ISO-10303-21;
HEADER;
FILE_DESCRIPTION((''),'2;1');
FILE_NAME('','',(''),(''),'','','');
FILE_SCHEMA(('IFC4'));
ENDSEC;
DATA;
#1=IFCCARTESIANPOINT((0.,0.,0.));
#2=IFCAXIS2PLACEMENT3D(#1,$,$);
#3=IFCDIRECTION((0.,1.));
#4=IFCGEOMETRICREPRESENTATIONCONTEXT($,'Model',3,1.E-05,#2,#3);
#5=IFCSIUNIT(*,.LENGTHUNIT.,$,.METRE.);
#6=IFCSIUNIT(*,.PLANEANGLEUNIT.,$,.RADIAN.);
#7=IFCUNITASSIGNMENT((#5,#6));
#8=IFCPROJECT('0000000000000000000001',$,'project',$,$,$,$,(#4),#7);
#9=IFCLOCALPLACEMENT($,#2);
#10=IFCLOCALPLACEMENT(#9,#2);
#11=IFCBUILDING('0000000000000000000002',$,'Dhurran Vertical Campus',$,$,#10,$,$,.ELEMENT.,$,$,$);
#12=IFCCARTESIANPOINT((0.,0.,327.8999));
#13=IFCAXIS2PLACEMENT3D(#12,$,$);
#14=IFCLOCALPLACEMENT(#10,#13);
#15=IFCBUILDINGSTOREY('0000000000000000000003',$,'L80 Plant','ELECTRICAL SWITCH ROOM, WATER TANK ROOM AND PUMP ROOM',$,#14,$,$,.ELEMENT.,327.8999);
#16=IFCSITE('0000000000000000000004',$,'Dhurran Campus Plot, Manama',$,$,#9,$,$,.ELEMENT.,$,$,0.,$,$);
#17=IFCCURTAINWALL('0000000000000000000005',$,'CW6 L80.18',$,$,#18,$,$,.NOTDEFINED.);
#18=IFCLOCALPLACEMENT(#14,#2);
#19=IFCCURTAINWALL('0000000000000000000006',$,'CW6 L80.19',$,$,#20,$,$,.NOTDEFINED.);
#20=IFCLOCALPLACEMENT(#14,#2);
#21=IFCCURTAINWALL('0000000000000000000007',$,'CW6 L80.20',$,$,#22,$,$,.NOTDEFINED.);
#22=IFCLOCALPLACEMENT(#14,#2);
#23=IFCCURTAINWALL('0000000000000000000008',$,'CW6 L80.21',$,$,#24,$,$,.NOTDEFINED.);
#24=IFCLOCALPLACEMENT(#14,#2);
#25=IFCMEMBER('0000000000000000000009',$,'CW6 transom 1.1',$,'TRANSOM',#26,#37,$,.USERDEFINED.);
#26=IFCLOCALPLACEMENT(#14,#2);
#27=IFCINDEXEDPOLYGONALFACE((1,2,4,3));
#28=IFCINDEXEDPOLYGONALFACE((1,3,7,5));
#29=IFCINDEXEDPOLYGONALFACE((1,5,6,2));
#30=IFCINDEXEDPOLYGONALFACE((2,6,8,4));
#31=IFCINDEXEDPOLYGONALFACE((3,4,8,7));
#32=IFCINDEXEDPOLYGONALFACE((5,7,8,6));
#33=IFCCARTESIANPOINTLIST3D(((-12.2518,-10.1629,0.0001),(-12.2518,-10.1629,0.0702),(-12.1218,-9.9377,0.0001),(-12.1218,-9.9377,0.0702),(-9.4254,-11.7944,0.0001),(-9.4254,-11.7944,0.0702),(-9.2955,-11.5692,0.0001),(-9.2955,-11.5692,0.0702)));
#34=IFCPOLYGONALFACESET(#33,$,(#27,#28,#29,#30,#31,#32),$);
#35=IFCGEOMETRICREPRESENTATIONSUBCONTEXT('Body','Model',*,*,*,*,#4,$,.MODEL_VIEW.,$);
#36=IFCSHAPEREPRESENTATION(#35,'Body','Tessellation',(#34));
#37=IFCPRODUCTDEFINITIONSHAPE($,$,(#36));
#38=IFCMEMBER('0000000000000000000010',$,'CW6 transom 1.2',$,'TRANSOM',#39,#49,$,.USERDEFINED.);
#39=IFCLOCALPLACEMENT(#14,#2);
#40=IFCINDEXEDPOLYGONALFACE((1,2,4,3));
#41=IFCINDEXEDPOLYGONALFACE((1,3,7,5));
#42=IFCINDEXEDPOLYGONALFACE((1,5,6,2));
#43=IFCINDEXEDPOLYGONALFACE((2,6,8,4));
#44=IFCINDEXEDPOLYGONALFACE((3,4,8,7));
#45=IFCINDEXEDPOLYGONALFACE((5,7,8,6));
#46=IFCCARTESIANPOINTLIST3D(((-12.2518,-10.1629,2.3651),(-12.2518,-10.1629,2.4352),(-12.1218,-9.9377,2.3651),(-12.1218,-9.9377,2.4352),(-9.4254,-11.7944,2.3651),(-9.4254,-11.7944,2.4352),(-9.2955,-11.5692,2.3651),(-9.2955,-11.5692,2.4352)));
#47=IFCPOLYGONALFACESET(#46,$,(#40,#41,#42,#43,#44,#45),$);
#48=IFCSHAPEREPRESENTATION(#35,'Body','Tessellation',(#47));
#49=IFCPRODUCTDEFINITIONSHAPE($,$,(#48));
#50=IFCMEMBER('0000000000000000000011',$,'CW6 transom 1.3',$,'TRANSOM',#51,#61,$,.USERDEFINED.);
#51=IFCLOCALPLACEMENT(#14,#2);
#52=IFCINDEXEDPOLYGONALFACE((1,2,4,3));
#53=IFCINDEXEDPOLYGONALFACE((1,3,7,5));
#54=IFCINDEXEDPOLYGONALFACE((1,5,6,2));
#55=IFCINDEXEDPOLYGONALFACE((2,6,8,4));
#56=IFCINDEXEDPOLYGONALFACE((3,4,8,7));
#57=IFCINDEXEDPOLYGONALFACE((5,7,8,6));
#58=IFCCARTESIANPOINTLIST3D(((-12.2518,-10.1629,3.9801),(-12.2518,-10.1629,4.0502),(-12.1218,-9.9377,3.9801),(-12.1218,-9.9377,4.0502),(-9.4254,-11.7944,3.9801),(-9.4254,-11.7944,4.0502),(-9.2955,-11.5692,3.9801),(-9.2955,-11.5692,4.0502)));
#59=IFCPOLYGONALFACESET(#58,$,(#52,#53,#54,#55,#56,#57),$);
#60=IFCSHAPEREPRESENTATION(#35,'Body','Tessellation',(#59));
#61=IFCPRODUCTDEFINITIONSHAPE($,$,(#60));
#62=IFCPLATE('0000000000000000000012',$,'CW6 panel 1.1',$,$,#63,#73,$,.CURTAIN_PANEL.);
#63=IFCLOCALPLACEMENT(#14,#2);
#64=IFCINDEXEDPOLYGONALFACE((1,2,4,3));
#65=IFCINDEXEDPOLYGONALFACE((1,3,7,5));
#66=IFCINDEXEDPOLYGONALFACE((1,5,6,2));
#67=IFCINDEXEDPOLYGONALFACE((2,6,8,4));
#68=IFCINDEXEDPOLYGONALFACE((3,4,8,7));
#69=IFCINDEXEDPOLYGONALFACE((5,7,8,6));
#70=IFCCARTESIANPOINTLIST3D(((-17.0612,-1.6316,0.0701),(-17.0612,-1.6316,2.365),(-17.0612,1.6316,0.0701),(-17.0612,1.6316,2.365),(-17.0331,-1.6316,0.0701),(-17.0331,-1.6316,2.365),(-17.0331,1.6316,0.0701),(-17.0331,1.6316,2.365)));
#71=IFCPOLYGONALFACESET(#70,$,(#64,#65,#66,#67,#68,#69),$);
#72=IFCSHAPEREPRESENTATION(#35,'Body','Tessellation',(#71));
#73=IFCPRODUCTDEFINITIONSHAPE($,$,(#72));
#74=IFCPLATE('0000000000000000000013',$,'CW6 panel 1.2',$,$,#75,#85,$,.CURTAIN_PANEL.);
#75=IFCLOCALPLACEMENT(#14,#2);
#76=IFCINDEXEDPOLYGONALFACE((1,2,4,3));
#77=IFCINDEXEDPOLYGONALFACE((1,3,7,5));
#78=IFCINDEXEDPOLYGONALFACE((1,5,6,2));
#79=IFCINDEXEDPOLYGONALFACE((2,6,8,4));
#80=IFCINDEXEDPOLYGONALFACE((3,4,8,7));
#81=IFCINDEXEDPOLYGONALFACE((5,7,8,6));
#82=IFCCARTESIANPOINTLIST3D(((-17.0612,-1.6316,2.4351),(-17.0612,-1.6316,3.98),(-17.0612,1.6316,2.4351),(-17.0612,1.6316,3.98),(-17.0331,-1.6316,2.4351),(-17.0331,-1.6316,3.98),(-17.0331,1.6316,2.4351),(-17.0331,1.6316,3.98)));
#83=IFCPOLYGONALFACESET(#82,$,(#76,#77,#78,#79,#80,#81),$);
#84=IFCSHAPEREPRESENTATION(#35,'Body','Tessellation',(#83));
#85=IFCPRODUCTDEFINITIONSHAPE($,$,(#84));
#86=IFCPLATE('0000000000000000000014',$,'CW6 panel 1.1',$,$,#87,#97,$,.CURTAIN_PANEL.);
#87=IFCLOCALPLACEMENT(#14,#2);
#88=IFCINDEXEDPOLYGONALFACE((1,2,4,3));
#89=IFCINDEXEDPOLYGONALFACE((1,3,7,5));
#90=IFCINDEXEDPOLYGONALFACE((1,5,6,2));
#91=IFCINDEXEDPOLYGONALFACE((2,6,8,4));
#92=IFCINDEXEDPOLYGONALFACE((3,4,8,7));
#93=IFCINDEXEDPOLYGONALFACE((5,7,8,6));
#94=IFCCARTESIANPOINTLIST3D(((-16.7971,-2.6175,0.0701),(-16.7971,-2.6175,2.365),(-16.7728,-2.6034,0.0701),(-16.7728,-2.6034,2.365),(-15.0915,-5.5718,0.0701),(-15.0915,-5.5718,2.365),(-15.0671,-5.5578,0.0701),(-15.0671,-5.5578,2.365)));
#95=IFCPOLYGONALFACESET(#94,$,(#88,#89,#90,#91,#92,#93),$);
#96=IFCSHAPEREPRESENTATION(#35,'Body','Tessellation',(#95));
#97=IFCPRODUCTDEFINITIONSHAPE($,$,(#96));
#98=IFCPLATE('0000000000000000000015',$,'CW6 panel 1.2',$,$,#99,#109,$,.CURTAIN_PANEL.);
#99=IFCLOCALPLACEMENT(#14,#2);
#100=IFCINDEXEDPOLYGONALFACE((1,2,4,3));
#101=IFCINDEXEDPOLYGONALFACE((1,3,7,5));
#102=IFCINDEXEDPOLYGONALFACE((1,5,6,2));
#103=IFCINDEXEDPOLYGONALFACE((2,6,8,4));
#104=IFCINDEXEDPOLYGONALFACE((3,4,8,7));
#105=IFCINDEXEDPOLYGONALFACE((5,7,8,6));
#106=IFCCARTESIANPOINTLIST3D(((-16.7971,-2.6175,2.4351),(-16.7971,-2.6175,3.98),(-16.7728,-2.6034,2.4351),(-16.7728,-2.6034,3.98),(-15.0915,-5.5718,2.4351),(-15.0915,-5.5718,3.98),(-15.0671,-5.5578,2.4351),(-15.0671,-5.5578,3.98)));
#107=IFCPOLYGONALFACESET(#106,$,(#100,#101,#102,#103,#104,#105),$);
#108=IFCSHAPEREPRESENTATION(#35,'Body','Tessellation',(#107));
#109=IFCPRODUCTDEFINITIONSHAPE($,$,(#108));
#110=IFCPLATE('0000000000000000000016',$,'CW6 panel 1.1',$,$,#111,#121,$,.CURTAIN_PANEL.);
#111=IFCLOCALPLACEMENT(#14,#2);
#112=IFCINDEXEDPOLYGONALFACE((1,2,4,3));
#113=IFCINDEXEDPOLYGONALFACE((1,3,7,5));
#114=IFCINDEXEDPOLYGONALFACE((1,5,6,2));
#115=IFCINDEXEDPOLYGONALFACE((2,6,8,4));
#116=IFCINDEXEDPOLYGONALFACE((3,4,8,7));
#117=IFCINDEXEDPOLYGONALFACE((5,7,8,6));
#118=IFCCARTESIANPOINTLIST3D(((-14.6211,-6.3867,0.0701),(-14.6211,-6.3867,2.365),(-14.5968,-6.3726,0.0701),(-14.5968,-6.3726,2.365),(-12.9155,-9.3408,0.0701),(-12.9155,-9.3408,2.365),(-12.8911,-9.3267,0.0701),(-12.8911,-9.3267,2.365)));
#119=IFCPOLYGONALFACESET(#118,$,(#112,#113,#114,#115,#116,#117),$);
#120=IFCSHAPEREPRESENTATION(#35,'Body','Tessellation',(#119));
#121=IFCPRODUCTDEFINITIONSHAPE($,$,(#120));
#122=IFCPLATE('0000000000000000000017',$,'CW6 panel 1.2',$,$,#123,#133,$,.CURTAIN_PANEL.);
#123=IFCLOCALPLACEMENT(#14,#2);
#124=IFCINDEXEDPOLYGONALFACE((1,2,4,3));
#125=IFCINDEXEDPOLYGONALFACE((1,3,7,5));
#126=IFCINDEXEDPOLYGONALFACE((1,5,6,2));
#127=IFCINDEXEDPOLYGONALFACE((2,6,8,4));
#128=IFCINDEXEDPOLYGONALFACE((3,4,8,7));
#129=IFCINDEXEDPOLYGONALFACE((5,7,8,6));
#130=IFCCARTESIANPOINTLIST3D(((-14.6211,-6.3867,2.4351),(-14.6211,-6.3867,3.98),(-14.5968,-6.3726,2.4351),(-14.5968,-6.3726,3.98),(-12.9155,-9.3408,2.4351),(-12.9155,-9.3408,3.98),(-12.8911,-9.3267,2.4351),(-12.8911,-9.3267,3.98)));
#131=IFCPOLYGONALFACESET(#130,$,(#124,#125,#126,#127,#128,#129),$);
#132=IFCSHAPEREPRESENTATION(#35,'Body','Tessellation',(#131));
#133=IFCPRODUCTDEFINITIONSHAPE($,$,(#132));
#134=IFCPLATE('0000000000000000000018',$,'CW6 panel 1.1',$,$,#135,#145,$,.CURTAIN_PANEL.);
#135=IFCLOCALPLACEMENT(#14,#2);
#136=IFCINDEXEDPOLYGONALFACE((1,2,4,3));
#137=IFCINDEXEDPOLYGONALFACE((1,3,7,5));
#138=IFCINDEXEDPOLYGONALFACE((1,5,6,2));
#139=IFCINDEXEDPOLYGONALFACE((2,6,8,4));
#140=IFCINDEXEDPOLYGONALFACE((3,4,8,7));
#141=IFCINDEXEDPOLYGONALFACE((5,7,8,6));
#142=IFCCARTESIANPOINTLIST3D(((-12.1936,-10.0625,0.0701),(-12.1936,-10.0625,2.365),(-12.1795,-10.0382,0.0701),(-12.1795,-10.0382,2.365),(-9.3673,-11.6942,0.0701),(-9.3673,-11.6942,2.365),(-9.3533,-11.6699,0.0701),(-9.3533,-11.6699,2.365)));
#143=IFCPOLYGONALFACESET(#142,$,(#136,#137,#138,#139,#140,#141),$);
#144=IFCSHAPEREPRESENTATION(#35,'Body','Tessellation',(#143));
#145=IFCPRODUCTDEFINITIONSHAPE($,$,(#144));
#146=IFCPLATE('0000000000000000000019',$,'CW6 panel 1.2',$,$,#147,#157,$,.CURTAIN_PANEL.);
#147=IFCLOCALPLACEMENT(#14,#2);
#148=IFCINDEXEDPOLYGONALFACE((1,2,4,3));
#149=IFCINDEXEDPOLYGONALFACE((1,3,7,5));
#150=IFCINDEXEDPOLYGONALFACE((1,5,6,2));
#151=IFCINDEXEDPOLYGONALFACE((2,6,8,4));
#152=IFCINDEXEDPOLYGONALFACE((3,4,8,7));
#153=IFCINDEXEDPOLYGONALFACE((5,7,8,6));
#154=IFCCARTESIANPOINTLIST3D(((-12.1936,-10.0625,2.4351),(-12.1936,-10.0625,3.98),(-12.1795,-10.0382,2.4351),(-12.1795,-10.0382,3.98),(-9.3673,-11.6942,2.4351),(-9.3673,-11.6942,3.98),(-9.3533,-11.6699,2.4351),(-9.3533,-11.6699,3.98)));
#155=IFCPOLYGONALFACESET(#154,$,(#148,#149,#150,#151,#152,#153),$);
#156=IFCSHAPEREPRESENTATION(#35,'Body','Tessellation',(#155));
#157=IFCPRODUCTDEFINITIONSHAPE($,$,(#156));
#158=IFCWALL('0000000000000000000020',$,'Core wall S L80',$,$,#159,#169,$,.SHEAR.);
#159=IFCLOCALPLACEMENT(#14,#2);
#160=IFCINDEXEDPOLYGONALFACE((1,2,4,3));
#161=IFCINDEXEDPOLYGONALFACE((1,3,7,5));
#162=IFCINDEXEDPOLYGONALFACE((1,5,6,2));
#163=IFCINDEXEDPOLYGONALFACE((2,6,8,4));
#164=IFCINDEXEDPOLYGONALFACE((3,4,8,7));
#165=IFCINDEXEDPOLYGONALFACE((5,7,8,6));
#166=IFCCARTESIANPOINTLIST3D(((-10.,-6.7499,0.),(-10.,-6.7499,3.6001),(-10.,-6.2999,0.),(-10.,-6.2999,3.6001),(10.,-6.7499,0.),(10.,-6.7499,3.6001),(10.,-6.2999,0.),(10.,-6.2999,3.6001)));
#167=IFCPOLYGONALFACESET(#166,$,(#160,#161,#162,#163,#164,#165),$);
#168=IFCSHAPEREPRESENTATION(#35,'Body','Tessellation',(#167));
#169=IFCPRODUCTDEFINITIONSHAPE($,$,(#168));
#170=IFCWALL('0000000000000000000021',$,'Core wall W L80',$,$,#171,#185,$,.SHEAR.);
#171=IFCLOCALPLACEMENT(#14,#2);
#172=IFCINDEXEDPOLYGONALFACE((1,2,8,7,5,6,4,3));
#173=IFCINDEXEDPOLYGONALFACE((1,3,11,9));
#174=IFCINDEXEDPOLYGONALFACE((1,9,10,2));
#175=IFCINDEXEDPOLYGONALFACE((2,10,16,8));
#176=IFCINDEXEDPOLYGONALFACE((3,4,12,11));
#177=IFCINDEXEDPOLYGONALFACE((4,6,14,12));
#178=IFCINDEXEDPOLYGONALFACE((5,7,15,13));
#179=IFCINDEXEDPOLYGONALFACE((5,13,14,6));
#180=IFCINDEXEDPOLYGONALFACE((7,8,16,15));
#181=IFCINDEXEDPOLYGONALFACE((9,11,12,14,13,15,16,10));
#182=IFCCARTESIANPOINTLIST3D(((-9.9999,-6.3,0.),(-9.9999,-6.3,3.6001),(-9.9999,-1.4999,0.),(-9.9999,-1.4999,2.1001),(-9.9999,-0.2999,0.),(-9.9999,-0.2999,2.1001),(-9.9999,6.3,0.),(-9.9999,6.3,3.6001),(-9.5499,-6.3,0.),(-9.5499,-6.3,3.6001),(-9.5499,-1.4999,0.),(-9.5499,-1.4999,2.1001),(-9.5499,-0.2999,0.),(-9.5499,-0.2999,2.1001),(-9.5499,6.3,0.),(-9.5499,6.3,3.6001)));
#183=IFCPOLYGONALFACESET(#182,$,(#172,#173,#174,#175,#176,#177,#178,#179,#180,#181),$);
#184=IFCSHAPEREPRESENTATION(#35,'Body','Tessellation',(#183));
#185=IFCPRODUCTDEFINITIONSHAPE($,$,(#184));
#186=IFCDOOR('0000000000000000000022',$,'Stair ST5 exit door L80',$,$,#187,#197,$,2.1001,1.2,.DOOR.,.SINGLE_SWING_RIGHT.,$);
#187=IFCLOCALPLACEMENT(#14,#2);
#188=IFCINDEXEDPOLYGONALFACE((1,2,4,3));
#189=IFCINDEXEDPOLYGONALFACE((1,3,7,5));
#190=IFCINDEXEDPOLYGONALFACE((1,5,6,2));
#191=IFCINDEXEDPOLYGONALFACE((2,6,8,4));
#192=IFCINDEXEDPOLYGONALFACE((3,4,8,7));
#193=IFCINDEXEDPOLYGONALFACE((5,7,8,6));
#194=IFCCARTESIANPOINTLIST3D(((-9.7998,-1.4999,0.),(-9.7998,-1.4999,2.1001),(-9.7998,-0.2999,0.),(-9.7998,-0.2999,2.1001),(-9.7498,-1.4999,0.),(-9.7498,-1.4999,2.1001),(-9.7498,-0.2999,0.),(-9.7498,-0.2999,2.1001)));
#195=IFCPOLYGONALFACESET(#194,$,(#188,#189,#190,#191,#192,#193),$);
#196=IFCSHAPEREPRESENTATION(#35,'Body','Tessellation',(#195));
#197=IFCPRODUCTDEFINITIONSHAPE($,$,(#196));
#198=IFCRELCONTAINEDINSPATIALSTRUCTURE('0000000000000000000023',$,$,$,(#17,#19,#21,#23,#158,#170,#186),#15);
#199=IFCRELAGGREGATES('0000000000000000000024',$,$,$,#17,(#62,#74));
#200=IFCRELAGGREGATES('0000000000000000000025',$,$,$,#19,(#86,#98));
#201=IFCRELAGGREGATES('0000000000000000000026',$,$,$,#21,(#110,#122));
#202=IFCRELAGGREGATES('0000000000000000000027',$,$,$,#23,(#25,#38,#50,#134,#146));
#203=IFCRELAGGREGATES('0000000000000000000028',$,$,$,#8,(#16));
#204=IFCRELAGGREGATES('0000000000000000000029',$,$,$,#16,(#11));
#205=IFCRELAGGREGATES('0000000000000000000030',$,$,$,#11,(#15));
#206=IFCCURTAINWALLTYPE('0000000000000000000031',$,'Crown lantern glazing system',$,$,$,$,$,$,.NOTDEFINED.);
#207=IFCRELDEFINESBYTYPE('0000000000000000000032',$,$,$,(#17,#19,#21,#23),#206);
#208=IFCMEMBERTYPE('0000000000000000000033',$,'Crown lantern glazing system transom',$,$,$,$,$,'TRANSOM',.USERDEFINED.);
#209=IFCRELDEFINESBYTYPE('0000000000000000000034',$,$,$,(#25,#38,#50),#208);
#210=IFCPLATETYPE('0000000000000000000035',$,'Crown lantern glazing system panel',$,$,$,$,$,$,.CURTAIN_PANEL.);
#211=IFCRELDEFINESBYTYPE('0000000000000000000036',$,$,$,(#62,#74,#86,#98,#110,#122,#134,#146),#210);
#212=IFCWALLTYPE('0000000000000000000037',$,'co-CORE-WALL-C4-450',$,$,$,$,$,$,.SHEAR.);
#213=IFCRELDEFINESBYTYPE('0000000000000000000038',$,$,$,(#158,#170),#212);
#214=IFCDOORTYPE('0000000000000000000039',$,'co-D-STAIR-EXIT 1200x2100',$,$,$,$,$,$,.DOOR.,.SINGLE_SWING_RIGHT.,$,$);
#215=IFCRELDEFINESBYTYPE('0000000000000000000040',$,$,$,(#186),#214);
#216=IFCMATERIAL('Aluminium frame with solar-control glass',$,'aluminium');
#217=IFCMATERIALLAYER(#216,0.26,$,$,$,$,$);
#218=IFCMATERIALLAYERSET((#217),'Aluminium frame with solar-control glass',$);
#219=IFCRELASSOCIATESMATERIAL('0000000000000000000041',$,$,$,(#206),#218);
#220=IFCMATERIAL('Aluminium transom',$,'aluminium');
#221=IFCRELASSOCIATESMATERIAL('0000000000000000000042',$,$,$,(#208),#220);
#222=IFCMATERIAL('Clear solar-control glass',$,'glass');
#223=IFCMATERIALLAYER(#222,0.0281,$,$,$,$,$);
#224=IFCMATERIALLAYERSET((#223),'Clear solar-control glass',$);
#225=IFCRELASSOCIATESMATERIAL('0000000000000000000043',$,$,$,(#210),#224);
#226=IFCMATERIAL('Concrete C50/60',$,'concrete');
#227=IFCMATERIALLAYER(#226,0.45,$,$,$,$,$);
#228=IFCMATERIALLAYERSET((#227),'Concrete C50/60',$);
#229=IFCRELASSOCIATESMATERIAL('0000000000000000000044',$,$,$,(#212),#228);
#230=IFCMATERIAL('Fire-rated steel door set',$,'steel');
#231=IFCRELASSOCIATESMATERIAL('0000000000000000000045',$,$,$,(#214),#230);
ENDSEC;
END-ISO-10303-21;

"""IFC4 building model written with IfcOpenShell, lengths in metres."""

from ifc_helpers import new_model, si_unit, direction, frame, frame_2d, origin, origin_2d, place, context, subcontext, project, spatial, rectangle, extrude, material, layer, layer_set, material_profile, profile_set, type_object, element, fill, aggregate, save


model = new_model("IFC4")

# Units and contexts
model_context = context("Model", 3, precision=1e-05, world=origin(), true_north=direction((0.0, 1.0)))
body_context = subcontext(model_context, "Body", "Model", "MODEL_VIEW")
ifc_project = project(units=[si_unit("LENGTHUNIT", "METRE"), si_unit("PLANEANGLEUNIT", "RADIAN")], contexts=[model_context])

# Site, building, storey
site_placement = place(None, origin())
site = spatial("IfcSite", under=ifc_project, at=site_placement, Name="Dhurran Campus Plot, Manama", CompositionType="ELEMENT", RefElevation=0.0)
building_placement = place(site_placement, origin())
building = spatial("IfcBuilding", under=site, at=building_placement, Name="Dhurran Vertical Campus", CompositionType="ELEMENT")
storey_placement = place(building_placement, frame((0.0, 0.0, 327.8999)))
storey = spatial("IfcBuildingStorey", under=building, at=storey_placement, Name="L80 Plant", Description="ELECTRICAL SWITCH ROOM, WATER TANK ROOM AND PUMP ROOM", CompositionType="ELEMENT", Elevation=327.8999)

# Curtain wall
ifc_material_1 = material(Name="Aluminium frame with solar-control glass", Category="aluminium")
ifc_layer_1 = layer(ifc_material_1, 0.26)
ifc_layer_set_1 = layer_set([ifc_layer_1], Name="Aluminium frame with solar-control glass")
curtain_wall_type = type_object("IfcCurtainWallType", Name="Crown lantern glazing system", PredefinedType="NOTDEFINED", material=ifc_layer_set_1)
curtain_wall_1_placement = place(storey_placement, origin())
curtain_wall_1 = element("IfcCurtainWall", 1, at=curtain_wall_1_placement, inside=storey, type_object=curtain_wall_type, Name="CW6 L80.18", PredefinedType="NOTDEFINED")

# Curtain walls
curtain_wall_2_placement = place(storey_placement, origin())
curtain_wall_2 = element("IfcCurtainWall", 2, at=curtain_wall_2_placement, inside=storey, type_object=curtain_wall_type, Name="CW6 L80.19", PredefinedType="NOTDEFINED")
curtain_wall_3_placement = place(storey_placement, origin())
curtain_wall_3 = element("IfcCurtainWall", 3, at=curtain_wall_3_placement, inside=storey, type_object=curtain_wall_type, Name="CW6 L80.20", PredefinedType="NOTDEFINED")

# Curtain wall
curtain_wall_4_placement = place(storey_placement, origin())
curtain_wall_4 = element("IfcCurtainWall", 4, at=curtain_wall_4_placement, inside=storey, type_object=curtain_wall_type, Name="CW6 L80.21", PredefinedType="NOTDEFINED")

# Members
ifc_material_2 = material(Name="Aluminium transom", Category="aluminium")
ifc_material_profile_1 = material_profile(ifc_material_2, rectangle(XDim=0.26, YDim=0.0701, at=origin_2d()), Name="Crown lantern glazing system transom")
ifc_profile_set_1 = profile_set([ifc_material_profile_1], Name="Aluminium transom")
member_type_1 = type_object("IfcMemberType", Name="Crown lantern glazing system transom", ElementType="TRANSOM", PredefinedType="USERDEFINED", material=ifc_profile_set_1)
member_1_placement = place(storey_placement, frame((-12.1868, -10.0503, 0.0352), z_axis=(0.866057, -0.499945, 0.0), x_axis=(0.499945, 0.866057, 0.0)))
member_1 = element("IfcMember", 5, at=member_1_placement, type_object=member_type_1, Name="CW6 transom 1.1", ObjectType="TRANSOM", PredefinedType="USERDEFINED", context=body_context, shape_type="SweptSolid", body=[
    extrude(rectangle(XDim=0.26, YDim=0.0701, at=origin_2d()), origin(), (0.0, 0.0, 1.0), 3.2634),
])
member_2_placement = place(storey_placement, frame((-12.1868, -10.0503, 2.4001), z_axis=(0.866057, -0.499945, 0.0), x_axis=(0.499945, 0.866057, 0.0)))
member_2 = element("IfcMember", 6, at=member_2_placement, type_object=member_type_1, Name="CW6 transom 1.2", ObjectType="TRANSOM", PredefinedType="USERDEFINED", context=body_context, shape_type="SweptSolid", body=[
    extrude(rectangle(XDim=0.26, YDim=0.0701, at=origin_2d()), origin(), (0.0, 0.0, 1.0), 3.2634),
])
member_3_placement = place(storey_placement, frame((-12.1868, -10.0503, 4.0151), z_axis=(0.866057, -0.499945, 0.0), x_axis=(0.499945, 0.866057, 0.0)))
member_3 = element("IfcMember", 7, at=member_3_placement, type_object=member_type_1, Name="CW6 transom 1.3", ObjectType="TRANSOM", PredefinedType="USERDEFINED", context=body_context, shape_type="SweptSolid", body=[
    extrude(rectangle(XDim=0.26, YDim=0.0701, at=origin_2d()), origin(), (0.0, 0.0, 1.0), 3.2634),
])

# Plates
ifc_material_3 = material(Name="Clear solar-control glass", Category="glass")
ifc_layer_2 = layer(ifc_material_3, 0.0281)
ifc_layer_set_2 = layer_set([ifc_layer_2], Name="Clear solar-control glass")
plate_type = type_object("IfcPlateType", Name="Crown lantern glazing system panel", PredefinedType="CURTAIN_PANEL", material=ifc_layer_set_2)
plate_1_placement = place(storey_placement, frame((-17.0471, 0.0, 0.0701), z_axis=(0.0, 0.0, 1.0), x_axis=(0.0, -1.0, 0.0)))
plate_1 = element("IfcPlate", 8, at=plate_1_placement, type_object=plate_type, Name="CW6 panel 1.1", PredefinedType="CURTAIN_PANEL", context=body_context, shape_type="SweptSolid", body=[
    extrude(rectangle(XDim=3.2632, YDim=0.0281, at=origin_2d()), origin(), (0.0, 0.0, 1.0), 2.2949),
])
plate_2_placement = place(storey_placement, frame((-17.0471, 0.0, 2.4351), z_axis=(0.0, 0.0, 1.0), x_axis=(0.0, -1.0, 0.0)))
plate_2 = element("IfcPlate", 9, at=plate_2_placement, type_object=plate_type, Name="CW6 panel 1.2", PredefinedType="CURTAIN_PANEL", context=body_context, shape_type="SweptSolid", body=[
    extrude(rectangle(XDim=3.2632, YDim=0.0281, at=origin_2d()), origin(), (0.0, 0.0, 1.0), 1.5449),
])
aggregate(curtain_wall_1, [plate_1, plate_2])
plate_3_placement = place(storey_placement, frame((-15.9321, -4.0876, 0.0701), z_axis=(0.0, 0.0, 1.0), x_axis=(0.499991, -0.86603, 0.0)))
plate_3 = element("IfcPlate", 10, at=plate_3_placement, type_object=plate_type, Name="CW6 panel 1.1", PredefinedType="CURTAIN_PANEL", context=body_context, shape_type="SweptSolid", body=[
    extrude(rectangle(XDim=3.4114, YDim=0.0281, at=origin_2d()), origin(), (0.0, 0.0, 1.0), 2.2949),
])
plate_4_placement = place(storey_placement, frame((-15.9321, -4.0876, 2.4351), z_axis=(0.0, 0.0, 1.0), x_axis=(0.499991, -0.86603, 0.0)))
plate_4 = element("IfcPlate", 11, at=plate_4_placement, type_object=plate_type, Name="CW6 panel 1.2", PredefinedType="CURTAIN_PANEL", context=body_context, shape_type="SweptSolid", body=[
    extrude(rectangle(XDim=3.4114, YDim=0.0281, at=origin_2d()), origin(), (0.0, 0.0, 1.0), 1.5449),
])
aggregate(curtain_wall_2, [plate_3, plate_4])
plate_5_placement = place(storey_placement, frame((-13.7561, -7.8567, 0.0701), z_axis=(0.0, 0.0, 1.0), x_axis=(0.500016, -0.866016, 0.0)))
plate_5 = element("IfcPlate", 12, at=plate_5_placement, type_object=plate_type, Name="CW6 panel 1.1", PredefinedType="CURTAIN_PANEL", context=body_context, shape_type="SweptSolid", body=[
    extrude(rectangle(XDim=3.4111, YDim=0.0281, at=origin_2d()), origin(), (0.0, 0.0, 1.0), 2.2949),
])
plate_6_placement = place(storey_placement, frame((-13.7561, -7.8567, 2.4351), z_axis=(0.0, 0.0, 1.0), x_axis=(0.500016, -0.866016, 0.0)))
plate_6 = element("IfcPlate", 13, at=plate_6_placement, type_object=plate_type, Name="CW6 panel 1.2", PredefinedType="CURTAIN_PANEL", context=body_context, shape_type="SweptSolid", body=[
    extrude(rectangle(XDim=3.4111, YDim=0.0281, at=origin_2d()), origin(), (0.0, 0.0, 1.0), 1.5449),
])
aggregate(curtain_wall_3, [plate_5, plate_6])
plate_7_placement = place(storey_placement, frame((-10.7734, -10.8662, 0.0701), z_axis=(0.0, 0.0, 1.0), x_axis=(0.86603, -0.499991, 0.0)))
plate_7 = element("IfcPlate", 14, at=plate_7_placement, type_object=plate_type, Name="CW6 panel 1.1", PredefinedType="CURTAIN_PANEL", context=body_context, shape_type="SweptSolid", body=[
    extrude(rectangle(XDim=3.2634, YDim=0.0281, at=origin_2d()), origin(), (0.0, 0.0, 1.0), 2.2949),
])
plate_8_placement = place(storey_placement, frame((-10.7734, -10.8662, 2.4351), z_axis=(0.0, 0.0, 1.0), x_axis=(0.86603, -0.499991, 0.0)))
plate_8 = element("IfcPlate", 15, at=plate_8_placement, type_object=plate_type, Name="CW6 panel 1.2", PredefinedType="CURTAIN_PANEL", context=body_context, shape_type="SweptSolid", body=[
    extrude(rectangle(XDim=3.2634, YDim=0.0281, at=origin_2d()), origin(), (0.0, 0.0, 1.0), 1.5449),
])
aggregate(curtain_wall_4, [member_1, member_2, member_3, plate_7, plate_8])

# Wall
ifc_material_4 = material(Name="Concrete C50/60", Category="concrete")
ifc_layer_3 = layer(ifc_material_4, 0.45)
ifc_layer_set_3 = layer_set([ifc_layer_3], Name="Concrete C50/60")
wall_type_1 = type_object("IfcWallType", Name="co-CORE-WALL-C4-450", PredefinedType="SHEAR", material=ifc_layer_set_3)
wall_1_placement = place(storey_placement, frame((-10.0, -6.5249, 0.0), z_axis=(0.0, 0.0, 1.0), x_axis=(1.0, 0.0, 0.0)))
element("IfcWall", 16, at=wall_1_placement, inside=storey, type_object=wall_type_1, Name="Core wall S L80", PredefinedType="SHEAR", context=body_context, shape_type="SweptSolid", body=[
    extrude(rectangle(XDim=20.0, YDim=0.45, at=frame_2d((10.0, 0.0))), origin(), (0.0, 0.0, 1.0), 3.6001),
])

# Wall, opening, door
wall_2_placement = place(storey_placement, frame((-9.7749, -6.3, 0.0), z_axis=(0.0, 0.0, 1.0), x_axis=(0.0, 1.0, 0.0)))
wall_2 = element("IfcWall", 17, at=wall_2_placement, inside=storey, type_object=wall_type_1, Name="Core wall W L80", PredefinedType="SHEAR", context=body_context, shape_type="SweptSolid", body=[
    extrude(rectangle(XDim=12.6001, YDim=0.45, at=frame_2d((6.3, 0.0))), origin(), (0.0, 0.0, 1.0), 3.6001),
])
opening_placement = place(wall_2_placement, frame((4.8, 0.0, 0.0)))
opening = element("IfcOpeningElement", 18, at=opening_placement, cuts=wall_2, PredefinedType="OPENING", context=body_context, shape_type="SweptSolid", body=[
    extrude(rectangle(XDim=1.2, YDim=2.1001, at=frame_2d((0.6001, 1.05))), frame((0.0, 0.2349, 0.0), z_axis=(0.0, -1.0, 0.0), x_axis=(1.0, 0.0, 0.0)), (0.0, 0.0, 1.0), 0.47),
])
ifc_material_5 = material(Name="Fire-rated steel door set", Category="steel")
door_type = type_object("IfcDoorType", Name="co-D-STAIR-EXIT 1200x2100", OperationType="SINGLE_SWING_RIGHT", PredefinedType="DOOR", material=ifc_material_5)
door_placement = place(opening_placement, origin())
door = element("IfcDoor", 19, at=door_placement, inside=storey, type_object=door_type, Name="Stair ST5 exit door L80", OperationType="SINGLE_SWING_RIGHT", OverallHeight=2.1001, OverallWidth=1.2, PredefinedType="DOOR", context=body_context, shape_type="SweptSolid", body=[
    extrude(rectangle(XDim=1.2, YDim=2.1001, at=frame_2d((0.6001, 1.05))), frame((0.0, 0.0249, 0.0), z_axis=(0.0, -1.0, 0.0), x_axis=(1.0, 0.0, 0.0)), (0.0, 0.0, 1.0), 0.05),
])
fill(opening, door)

save(model, "model.ifc")
